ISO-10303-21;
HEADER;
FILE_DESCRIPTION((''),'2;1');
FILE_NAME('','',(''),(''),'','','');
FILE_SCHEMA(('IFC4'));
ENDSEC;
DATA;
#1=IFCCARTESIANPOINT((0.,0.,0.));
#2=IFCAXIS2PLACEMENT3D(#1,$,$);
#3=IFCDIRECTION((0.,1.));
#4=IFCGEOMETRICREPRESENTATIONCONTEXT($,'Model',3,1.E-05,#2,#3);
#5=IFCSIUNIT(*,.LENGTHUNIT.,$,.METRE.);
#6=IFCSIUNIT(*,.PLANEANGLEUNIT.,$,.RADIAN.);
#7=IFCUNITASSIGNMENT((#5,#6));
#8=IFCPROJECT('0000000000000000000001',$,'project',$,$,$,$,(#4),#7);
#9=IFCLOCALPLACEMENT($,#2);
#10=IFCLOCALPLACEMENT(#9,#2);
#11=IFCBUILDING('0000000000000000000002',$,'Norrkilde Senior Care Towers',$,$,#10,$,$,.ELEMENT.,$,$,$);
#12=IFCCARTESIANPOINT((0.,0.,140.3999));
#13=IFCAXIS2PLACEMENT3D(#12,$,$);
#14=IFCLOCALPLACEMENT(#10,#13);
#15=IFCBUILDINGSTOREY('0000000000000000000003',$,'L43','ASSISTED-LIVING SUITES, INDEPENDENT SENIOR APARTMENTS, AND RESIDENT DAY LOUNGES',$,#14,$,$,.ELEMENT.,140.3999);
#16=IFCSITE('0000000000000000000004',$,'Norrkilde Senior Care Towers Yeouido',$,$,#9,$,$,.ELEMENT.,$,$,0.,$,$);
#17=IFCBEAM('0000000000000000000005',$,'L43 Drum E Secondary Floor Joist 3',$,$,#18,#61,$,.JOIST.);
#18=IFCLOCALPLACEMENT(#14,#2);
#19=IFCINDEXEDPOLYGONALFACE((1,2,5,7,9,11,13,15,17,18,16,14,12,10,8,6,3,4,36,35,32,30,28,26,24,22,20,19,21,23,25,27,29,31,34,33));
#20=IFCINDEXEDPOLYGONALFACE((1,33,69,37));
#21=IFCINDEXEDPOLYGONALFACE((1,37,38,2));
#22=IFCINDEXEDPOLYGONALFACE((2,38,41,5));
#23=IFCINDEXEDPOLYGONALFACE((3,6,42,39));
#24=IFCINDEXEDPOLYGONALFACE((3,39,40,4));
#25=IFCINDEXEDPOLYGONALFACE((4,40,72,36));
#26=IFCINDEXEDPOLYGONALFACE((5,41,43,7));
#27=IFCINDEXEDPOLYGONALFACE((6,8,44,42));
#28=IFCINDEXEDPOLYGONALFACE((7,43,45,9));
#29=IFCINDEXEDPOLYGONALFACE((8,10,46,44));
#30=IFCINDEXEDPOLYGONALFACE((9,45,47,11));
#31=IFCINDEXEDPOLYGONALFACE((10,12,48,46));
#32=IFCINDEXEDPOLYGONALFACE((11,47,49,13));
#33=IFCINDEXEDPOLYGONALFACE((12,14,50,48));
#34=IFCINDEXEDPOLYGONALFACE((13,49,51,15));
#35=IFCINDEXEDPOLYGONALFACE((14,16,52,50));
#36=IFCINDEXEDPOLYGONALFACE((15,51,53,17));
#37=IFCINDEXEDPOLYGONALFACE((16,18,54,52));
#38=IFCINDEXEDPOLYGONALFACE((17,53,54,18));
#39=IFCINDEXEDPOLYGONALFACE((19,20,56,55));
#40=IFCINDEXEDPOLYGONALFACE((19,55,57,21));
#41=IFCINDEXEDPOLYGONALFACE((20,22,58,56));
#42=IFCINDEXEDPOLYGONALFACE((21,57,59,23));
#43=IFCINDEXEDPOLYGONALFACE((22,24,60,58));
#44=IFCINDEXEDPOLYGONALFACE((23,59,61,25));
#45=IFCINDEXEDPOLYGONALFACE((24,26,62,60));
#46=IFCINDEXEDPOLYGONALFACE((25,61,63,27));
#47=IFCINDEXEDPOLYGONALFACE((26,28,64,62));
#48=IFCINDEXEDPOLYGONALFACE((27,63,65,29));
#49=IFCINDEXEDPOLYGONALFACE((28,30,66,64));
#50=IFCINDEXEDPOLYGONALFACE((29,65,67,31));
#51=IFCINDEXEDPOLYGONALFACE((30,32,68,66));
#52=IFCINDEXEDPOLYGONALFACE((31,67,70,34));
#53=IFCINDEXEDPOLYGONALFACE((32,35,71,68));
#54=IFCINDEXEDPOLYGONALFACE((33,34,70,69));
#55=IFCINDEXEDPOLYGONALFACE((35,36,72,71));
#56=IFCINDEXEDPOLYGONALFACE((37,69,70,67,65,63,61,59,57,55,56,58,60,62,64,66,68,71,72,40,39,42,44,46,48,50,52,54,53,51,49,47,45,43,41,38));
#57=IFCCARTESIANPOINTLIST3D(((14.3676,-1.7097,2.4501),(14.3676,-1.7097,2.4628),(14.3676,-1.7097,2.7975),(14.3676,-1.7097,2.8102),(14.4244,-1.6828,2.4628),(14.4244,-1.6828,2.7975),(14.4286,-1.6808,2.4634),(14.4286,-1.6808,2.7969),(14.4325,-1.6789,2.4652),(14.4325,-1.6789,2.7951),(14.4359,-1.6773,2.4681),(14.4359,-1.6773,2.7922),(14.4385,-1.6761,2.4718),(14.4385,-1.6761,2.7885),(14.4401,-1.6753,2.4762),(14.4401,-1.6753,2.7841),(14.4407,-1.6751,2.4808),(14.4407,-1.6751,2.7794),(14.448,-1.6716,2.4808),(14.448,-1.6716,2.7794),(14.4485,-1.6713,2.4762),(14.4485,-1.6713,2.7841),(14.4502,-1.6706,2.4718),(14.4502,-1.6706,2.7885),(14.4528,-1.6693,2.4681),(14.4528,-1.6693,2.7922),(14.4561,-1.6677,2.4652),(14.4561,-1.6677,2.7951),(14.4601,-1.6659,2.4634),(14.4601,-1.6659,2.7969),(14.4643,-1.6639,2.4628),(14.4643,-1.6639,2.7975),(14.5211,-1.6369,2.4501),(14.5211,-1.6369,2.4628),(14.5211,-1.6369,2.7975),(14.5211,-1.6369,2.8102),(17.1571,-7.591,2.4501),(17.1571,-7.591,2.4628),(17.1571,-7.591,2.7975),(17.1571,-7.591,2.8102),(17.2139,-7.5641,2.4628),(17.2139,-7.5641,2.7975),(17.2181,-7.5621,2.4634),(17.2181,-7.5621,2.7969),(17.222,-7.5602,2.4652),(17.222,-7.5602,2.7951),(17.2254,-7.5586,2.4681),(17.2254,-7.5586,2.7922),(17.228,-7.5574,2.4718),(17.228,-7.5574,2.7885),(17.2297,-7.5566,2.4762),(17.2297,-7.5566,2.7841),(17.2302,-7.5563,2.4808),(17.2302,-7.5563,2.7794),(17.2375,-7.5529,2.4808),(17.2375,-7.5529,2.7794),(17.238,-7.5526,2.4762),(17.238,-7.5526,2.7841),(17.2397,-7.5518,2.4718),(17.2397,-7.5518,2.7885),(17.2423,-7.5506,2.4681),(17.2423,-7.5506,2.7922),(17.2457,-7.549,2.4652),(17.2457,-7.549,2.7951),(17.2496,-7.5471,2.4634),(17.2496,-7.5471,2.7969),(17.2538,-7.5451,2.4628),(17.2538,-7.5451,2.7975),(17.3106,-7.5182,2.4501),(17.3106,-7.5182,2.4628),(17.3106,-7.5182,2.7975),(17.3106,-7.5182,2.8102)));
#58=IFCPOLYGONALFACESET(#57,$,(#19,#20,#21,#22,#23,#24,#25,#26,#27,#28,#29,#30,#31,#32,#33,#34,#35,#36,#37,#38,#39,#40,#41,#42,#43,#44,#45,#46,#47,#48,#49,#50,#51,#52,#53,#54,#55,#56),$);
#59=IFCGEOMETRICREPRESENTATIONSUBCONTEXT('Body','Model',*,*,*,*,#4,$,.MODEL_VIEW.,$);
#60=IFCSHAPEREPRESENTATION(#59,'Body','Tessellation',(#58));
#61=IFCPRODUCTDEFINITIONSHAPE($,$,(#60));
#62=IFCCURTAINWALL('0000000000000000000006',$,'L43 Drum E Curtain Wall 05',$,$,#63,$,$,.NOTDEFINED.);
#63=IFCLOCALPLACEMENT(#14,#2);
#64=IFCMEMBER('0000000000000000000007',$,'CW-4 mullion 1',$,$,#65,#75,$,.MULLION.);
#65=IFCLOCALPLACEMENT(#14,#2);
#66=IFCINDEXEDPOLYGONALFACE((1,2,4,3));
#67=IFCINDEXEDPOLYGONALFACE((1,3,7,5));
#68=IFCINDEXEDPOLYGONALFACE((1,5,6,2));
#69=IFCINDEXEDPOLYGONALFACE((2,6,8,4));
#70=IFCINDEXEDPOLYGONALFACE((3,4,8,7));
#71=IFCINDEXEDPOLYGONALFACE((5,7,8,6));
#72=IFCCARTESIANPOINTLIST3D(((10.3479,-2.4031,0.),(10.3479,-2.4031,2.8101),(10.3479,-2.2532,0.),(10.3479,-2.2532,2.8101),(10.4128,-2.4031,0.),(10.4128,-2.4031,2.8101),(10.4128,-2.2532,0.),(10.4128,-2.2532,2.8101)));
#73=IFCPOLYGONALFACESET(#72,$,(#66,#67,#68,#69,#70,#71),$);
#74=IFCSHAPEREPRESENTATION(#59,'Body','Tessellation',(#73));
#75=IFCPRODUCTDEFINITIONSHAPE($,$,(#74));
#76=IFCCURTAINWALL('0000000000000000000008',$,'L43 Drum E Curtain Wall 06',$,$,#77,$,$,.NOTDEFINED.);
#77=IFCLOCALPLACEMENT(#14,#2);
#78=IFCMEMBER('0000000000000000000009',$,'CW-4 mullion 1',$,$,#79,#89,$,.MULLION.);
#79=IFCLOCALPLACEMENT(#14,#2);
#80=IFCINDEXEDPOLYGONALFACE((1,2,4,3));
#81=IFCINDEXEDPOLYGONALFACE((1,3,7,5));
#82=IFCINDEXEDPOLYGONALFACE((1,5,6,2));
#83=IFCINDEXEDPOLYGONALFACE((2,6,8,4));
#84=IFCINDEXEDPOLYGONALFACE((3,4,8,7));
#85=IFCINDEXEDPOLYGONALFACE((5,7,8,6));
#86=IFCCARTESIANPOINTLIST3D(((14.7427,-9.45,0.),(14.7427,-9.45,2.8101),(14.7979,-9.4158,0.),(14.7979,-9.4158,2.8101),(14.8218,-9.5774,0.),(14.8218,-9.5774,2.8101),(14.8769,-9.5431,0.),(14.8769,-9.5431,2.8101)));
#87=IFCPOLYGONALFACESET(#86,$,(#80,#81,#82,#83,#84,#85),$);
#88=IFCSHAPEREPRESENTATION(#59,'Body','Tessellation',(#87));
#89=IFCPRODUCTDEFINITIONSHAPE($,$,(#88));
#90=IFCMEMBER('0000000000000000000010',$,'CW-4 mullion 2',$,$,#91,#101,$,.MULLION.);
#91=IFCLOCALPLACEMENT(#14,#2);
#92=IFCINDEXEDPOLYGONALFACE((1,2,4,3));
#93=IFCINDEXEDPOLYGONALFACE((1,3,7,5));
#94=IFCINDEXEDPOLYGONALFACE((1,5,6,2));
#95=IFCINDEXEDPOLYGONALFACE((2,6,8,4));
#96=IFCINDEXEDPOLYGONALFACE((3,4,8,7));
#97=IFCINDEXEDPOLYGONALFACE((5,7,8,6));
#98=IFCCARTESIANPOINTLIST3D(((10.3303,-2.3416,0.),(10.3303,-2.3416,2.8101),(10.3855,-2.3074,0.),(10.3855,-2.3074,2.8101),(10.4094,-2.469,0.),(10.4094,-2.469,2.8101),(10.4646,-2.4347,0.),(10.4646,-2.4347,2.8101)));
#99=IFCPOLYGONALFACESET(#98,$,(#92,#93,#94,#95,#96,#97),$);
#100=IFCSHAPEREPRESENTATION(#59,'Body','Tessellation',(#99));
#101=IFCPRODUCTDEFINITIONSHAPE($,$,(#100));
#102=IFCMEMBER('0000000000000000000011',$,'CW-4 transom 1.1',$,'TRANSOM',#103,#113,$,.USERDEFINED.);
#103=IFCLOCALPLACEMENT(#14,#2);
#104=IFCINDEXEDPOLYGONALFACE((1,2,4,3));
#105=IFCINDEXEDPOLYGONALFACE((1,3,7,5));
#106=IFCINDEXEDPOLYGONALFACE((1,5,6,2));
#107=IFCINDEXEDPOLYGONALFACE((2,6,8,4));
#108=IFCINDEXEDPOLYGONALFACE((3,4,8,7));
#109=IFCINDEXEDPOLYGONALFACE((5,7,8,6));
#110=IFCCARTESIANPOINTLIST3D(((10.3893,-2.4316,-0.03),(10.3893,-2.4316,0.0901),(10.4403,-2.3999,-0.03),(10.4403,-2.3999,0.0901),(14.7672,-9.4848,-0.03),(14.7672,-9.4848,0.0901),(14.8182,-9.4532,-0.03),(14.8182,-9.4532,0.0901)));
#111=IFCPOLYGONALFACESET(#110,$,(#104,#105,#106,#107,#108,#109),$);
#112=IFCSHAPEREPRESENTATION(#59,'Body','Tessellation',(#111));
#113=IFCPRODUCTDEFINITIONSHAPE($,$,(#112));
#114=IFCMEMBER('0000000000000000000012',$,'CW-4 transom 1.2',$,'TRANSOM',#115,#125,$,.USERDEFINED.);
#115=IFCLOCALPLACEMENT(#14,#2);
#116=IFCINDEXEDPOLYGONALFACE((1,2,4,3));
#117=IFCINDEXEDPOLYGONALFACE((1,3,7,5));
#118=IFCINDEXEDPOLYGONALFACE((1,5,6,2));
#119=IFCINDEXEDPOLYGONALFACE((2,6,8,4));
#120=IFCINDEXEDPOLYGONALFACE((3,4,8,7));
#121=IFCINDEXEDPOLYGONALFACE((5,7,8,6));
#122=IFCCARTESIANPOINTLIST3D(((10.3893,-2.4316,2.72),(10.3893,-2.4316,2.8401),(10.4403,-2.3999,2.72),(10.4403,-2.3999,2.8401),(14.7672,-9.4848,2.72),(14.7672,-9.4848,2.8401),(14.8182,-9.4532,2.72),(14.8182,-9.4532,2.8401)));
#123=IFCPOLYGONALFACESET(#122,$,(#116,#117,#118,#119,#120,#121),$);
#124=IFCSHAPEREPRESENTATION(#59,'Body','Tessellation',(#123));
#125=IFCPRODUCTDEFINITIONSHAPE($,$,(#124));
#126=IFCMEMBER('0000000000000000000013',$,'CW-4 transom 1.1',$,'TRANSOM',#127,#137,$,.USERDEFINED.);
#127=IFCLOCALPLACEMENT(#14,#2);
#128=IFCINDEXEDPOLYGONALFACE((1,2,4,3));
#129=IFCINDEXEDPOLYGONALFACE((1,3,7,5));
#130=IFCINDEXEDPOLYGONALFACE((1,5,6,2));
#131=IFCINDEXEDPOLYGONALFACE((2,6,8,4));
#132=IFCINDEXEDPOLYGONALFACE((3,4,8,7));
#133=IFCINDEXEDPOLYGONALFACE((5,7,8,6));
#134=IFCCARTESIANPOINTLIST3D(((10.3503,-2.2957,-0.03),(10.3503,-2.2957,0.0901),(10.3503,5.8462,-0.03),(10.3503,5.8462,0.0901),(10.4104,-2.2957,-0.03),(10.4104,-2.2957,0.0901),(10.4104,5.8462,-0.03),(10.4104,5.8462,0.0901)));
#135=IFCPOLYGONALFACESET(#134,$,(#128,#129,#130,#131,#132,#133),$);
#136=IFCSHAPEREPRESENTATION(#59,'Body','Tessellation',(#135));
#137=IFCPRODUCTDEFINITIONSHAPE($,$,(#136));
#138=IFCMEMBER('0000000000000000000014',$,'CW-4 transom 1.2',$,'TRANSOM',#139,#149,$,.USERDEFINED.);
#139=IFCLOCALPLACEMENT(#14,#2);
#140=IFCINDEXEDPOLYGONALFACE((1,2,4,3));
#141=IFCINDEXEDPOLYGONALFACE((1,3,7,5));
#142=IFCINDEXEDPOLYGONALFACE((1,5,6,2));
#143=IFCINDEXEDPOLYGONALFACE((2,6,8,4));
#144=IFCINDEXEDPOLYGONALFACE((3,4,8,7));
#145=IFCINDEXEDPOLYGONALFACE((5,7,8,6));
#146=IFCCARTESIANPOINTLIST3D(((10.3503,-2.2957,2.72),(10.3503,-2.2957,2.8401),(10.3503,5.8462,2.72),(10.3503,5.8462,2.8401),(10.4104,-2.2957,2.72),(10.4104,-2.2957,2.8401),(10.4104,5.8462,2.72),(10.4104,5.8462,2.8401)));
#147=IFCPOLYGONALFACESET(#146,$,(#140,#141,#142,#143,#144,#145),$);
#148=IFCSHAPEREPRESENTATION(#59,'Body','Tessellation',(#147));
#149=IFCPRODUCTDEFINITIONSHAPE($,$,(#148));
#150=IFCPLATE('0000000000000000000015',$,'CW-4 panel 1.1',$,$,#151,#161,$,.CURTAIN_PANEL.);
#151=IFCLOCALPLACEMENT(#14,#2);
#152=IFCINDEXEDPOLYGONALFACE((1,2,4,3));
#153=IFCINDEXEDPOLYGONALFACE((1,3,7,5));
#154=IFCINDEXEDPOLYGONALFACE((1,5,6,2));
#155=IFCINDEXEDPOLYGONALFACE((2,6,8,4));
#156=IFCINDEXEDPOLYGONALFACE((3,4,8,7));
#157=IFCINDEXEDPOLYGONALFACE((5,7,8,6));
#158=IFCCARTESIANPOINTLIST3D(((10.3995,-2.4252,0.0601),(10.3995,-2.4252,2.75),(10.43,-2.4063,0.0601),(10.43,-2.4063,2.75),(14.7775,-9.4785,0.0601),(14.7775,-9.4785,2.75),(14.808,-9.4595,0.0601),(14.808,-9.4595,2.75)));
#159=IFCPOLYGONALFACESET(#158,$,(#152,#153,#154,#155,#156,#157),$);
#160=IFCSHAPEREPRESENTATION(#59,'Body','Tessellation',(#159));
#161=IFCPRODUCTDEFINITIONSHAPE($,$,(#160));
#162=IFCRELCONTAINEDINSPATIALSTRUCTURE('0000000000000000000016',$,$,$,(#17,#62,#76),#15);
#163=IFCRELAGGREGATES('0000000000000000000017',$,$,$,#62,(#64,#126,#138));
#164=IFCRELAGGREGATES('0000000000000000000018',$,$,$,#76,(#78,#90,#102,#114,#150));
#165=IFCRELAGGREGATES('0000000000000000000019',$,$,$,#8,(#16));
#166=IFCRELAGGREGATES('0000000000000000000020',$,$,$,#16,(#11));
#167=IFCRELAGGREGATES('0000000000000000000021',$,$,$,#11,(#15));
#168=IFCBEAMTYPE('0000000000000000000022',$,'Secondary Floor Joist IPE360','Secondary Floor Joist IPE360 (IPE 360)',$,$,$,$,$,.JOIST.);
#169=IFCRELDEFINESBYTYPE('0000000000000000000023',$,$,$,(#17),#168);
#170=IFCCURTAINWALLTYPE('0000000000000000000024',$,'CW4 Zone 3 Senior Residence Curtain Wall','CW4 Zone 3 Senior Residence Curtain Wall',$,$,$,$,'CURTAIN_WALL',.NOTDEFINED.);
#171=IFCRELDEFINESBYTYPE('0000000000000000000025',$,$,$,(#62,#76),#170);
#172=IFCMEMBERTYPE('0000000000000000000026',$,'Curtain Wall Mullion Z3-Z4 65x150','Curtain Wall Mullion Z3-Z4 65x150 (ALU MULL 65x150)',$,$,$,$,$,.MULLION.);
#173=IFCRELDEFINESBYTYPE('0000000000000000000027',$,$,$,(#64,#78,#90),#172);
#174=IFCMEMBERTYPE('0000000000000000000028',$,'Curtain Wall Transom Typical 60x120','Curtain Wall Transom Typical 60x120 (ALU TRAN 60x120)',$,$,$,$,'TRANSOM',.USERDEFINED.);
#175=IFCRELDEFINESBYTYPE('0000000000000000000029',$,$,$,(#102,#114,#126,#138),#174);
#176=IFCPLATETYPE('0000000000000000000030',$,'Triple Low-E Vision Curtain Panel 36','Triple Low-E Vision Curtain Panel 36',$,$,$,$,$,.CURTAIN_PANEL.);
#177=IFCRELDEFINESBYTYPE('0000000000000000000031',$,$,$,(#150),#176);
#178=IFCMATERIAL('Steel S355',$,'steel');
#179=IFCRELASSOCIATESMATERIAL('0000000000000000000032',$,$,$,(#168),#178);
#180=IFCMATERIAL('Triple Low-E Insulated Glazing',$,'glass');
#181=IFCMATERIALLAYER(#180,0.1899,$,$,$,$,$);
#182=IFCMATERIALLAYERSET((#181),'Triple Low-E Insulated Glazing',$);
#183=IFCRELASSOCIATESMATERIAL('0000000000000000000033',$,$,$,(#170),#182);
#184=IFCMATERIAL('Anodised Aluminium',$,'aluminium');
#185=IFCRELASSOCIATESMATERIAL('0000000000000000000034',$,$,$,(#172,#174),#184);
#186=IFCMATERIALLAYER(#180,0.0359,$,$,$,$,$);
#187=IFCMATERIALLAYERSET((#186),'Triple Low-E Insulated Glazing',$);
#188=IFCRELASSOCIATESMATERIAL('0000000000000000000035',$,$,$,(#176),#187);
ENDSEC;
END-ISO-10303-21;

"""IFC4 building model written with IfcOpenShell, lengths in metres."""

from ifc_helpers import new_model, si_unit, direction, frame, origin, origin_2d, place, context, subcontext, project, spatial, rectangle, i_section, extrude, source, transform, mapped, material, layer, layer_set, material_profile, profile_set, type_object, type_shapes, element, aggregate, save


model = new_model("IFC4")

# Units and contexts
model_context = context("Model", 3, precision=1e-05, world=origin(), true_north=direction((0.0, 1.0)))
body_context = subcontext(model_context, "Body", "Model", "MODEL_VIEW")
ifc_project = project(units=[si_unit("LENGTHUNIT", "METRE"), si_unit("PLANEANGLEUNIT", "RADIAN")], contexts=[model_context])

# Site, building, storey
site_placement = place(None, origin())
site = spatial("IfcSite", under=ifc_project, at=site_placement, Name="Norrkilde Senior Care Towers Yeouido", CompositionType="ELEMENT", RefElevation=0.0)
building_placement = place(site_placement, origin())
building = spatial("IfcBuilding", under=site, at=building_placement, Name="Norrkilde Senior Care Towers", CompositionType="ELEMENT")
storey_placement = place(building_placement, frame((0.0, 0.0, 140.3999)))
storey = spatial("IfcBuildingStorey", under=building, at=storey_placement, Name="L43", Description="ASSISTED-LIVING SUITES, INDEPENDENT SENIOR APARTMENTS, AND RESIDENT DAY LOUNGES", CompositionType="ELEMENT", Elevation=140.3999)

# Beam
ifc_material_1 = material(Name="Steel S355", Category="steel")
ifc_material_profile_1 = material_profile(ifc_material_1, i_section(OverallWidth=0.1699, OverallDepth=0.3601, WebThickness=0.0081, FlangeThickness=0.0127, FilletRadius=0.0181, at=origin_2d()), Name="IPE 360")
ifc_profile_set_1 = profile_set([ifc_material_profile_1], Name="Steel S355")
beam_type_1 = type_object("IfcBeamType", Name="Secondary Floor Joist IPE360", Description="Secondary Floor Joist IPE360 (IPE 360)", PredefinedType="JOIST", material=ifc_profile_set_1)
shared_shape_1 = source(origin(), body_context, "Body", "SweptSolid", [
    extrude(i_section(OverallWidth=0.1699, OverallDepth=0.3601, WebThickness=0.0081, FlangeThickness=0.0127, FilletRadius=0.0181, at=origin_2d()), origin(), (0.0, 0.0, 1.0), 6.5093),
])
type_shapes(beam_type_1, [shared_shape_1])
beam_1_placement = place(storey_placement, frame((14.4443, -1.6733, 2.6301), z_axis=(0.428544, -0.903521, 0.0), x_axis=(0.903521, 0.428544, 0.0)))
element("IfcBeam", 1, at=beam_1_placement, inside=storey, type_object=beam_type_1, Name="L43 Drum E Secondary Floor Joist 3", PredefinedType="JOIST", context=body_context, shape_type="MappedRepresentation", body=[
    mapped(shared_shape_1, transform((0.0, 0.0, 0.0), x_axis=(1.0, 0.0, 0.0), y_axis=(0.0, 1.0, 0.0), z_axis=(0.0, 0.0, 1.0), scale=1.0)),
])

# Curtain wall, member
ifc_material_2 = material(Name="Triple Low-E Insulated Glazing", Category="glass")
ifc_layer_1 = layer(ifc_material_2, 0.1899)
ifc_layer_set_1 = layer_set([ifc_layer_1], Name="Triple Low-E Insulated Glazing")
curtain_wall_type = type_object("IfcCurtainWallType", Name="CW4 Zone 3 Senior Residence Curtain Wall", Description="CW4 Zone 3 Senior Residence Curtain Wall", ElementType="CURTAIN_WALL", PredefinedType="NOTDEFINED", material=ifc_layer_set_1)
curtain_wall_1_placement = place(storey_placement, origin())
curtain_wall_1 = element("IfcCurtainWall", 2, at=curtain_wall_1_placement, inside=storey, type_object=curtain_wall_type, Name="L43 Drum E Curtain Wall 05", PredefinedType="NOTDEFINED")
ifc_material_3 = material(Name="Anodised Aluminium", Category="aluminium")
ifc_material_profile_2 = material_profile(ifc_material_3, rectangle(XDim=0.0649, YDim=0.1499, at=origin_2d()), Name="ALU MULL 65x150")
ifc_profile_set_2 = profile_set([ifc_material_profile_2], Name="Anodised Aluminium")
member_type_1 = type_object("IfcMemberType", Name="Curtain Wall Mullion Z3-Z4 65x150", Description="Curtain Wall Mullion Z3-Z4 65x150 (ALU MULL 65x150)", PredefinedType="MULLION", material=ifc_profile_set_2)
shared_shape_2 = source(origin(), body_context, "Body", "SweptSolid", [
    extrude(rectangle(XDim=0.0649, YDim=0.1499, at=origin_2d()), origin(), (0.0, 0.0, 1.0), 2.8101),
])
type_shapes(member_type_1, [shared_shape_2])
member_1_placement = place(storey_placement, frame((10.3804, -2.3281, 0.0), z_axis=(0.0, 0.0, 1.0), x_axis=(-1.0, 0.0, 0.0)))
member_1 = element("IfcMember", 3, at=member_1_placement, type_object=member_type_1, Name="CW-4 mullion 1", PredefinedType="MULLION", context=body_context, shape_type="MappedRepresentation", body=[
    mapped(shared_shape_2, transform((0.0, 0.0, 0.0), x_axis=(1.0, 0.0, 0.0), y_axis=(0.0, 1.0, 0.0), z_axis=(0.0, 0.0, 1.0), scale=1.0)),
])

# Curtain wall, members
curtain_wall_2_placement = place(storey_placement, origin())
curtain_wall_2 = element("IfcCurtainWall", 4, at=curtain_wall_2_placement, inside=storey, type_object=curtain_wall_type, Name="L43 Drum E Curtain Wall 06", PredefinedType="NOTDEFINED")
member_2_placement = place(storey_placement, frame((14.8098, -9.4966, 0.0), z_axis=(0.0, 0.0, 1.0), x_axis=(-0.849634, -0.527373, 0.0)))
member_2 = element("IfcMember", 5, at=member_2_placement, type_object=member_type_1, Name="CW-4 mullion 1", PredefinedType="MULLION", context=body_context, shape_type="MappedRepresentation", body=[
    mapped(shared_shape_2, transform((0.0, 0.0, 0.0), x_axis=(1.0, 0.0, 0.0), y_axis=(0.0, 1.0, 0.0), z_axis=(0.0, 0.0, 1.0), scale=1.0)),
])
member_3_placement = place(storey_placement, frame((10.3975, -2.3882, 0.0), z_axis=(0.0, 0.0, 1.0), x_axis=(-0.849634, -0.527373, 0.0)))
member_3 = element("IfcMember", 6, at=member_3_placement, type_object=member_type_1, Name="CW-4 mullion 2", PredefinedType="MULLION", context=body_context, shape_type="MappedRepresentation", body=[
    mapped(shared_shape_2, transform((0.0, 0.0, 0.0), x_axis=(1.0, 0.0, 0.0), y_axis=(0.0, 1.0, 0.0), z_axis=(0.0, 0.0, 1.0), scale=1.0)),
])
ifc_material_profile_3 = material_profile(ifc_material_3, rectangle(XDim=0.0601, YDim=0.1201, at=origin_2d()), Name="ALU TRAN 60x120")
ifc_profile_set_3 = profile_set([ifc_material_profile_3], Name="Anodised Aluminium")
member_type_2 = type_object("IfcMemberType", Name="Curtain Wall Transom Typical 60x120", Description="Curtain Wall Transom Typical 60x120 (ALU TRAN 60x120)", ElementType="TRANSOM", PredefinedType="USERDEFINED", material=ifc_profile_set_3)
shared_shape_3 = source(origin(), body_context, "Body", "SweptSolid", [
    extrude(rectangle(XDim=0.0601, YDim=0.1201, at=origin_2d()), origin(), (0.0, 0.0, 1.0), 8.3015),
])
member_4_placement = place(storey_placement, frame((14.7927, -9.469, 0.03), z_axis=(-0.527369, 0.849637, 0.0), x_axis=(-0.849637, -0.527369, 0.0)))
member_4 = element("IfcMember", 7, at=member_4_placement, type_object=member_type_2, Name="CW-4 transom 1.1", ObjectType="TRANSOM", PredefinedType="USERDEFINED", context=body_context, shape_type="MappedRepresentation", body=[
    mapped(shared_shape_3, transform((0.0, 0.0, 0.0), x_axis=(1.0, 0.0, 0.0), y_axis=(0.0, 1.0, 0.0), z_axis=(0.0, 0.0, 1.0), scale=1.0)),
])
member_5_placement = place(storey_placement, frame((14.7927, -9.469, 2.78), z_axis=(-0.527369, 0.849637, 0.0), x_axis=(-0.849637, -0.527369, 0.0)))
member_5 = element("IfcMember", 8, at=member_5_placement, type_object=member_type_2, Name="CW-4 transom 1.2", ObjectType="TRANSOM", PredefinedType="USERDEFINED", context=body_context, shape_type="MappedRepresentation", body=[
    mapped(shared_shape_3, transform((0.0, 0.0, 0.0), x_axis=(1.0, 0.0, 0.0), y_axis=(0.0, 1.0, 0.0), z_axis=(0.0, 0.0, 1.0), scale=1.0)),
])

# Members
shared_shape_4 = source(origin(), body_context, "Body", "SweptSolid", [
    extrude(rectangle(XDim=0.0601, YDim=0.1201, at=origin_2d()), origin(), (0.0, 0.0, 1.0), 8.1418),
])
type_shapes(member_type_2, [shared_shape_3, shared_shape_4])
member_6_placement = place(storey_placement, frame((10.3804, -2.2957, 0.03), z_axis=(0.0, 1.0, 0.0), x_axis=(-1.0, 0.0, 0.0)))
member_6 = element("IfcMember", 9, at=member_6_placement, type_object=member_type_2, Name="CW-4 transom 1.1", ObjectType="TRANSOM", PredefinedType="USERDEFINED", context=body_context, shape_type="MappedRepresentation", body=[
    mapped(shared_shape_4, transform((0.0, 0.0, 0.0), x_axis=(1.0, 0.0, 0.0), y_axis=(0.0, 1.0, 0.0), z_axis=(0.0, 0.0, 1.0), scale=1.0)),
])
member_7_placement = place(storey_placement, frame((10.3804, -2.2957, 2.78), z_axis=(0.0, 1.0, 0.0), x_axis=(-1.0, 0.0, 0.0)))
member_7 = element("IfcMember", 10, at=member_7_placement, type_object=member_type_2, Name="CW-4 transom 1.2", ObjectType="TRANSOM", PredefinedType="USERDEFINED", context=body_context, shape_type="MappedRepresentation", body=[
    mapped(shared_shape_4, transform((0.0, 0.0, 0.0), x_axis=(1.0, 0.0, 0.0), y_axis=(0.0, 1.0, 0.0), z_axis=(0.0, 0.0, 1.0), scale=1.0)),
])
aggregate(curtain_wall_1, [member_1, member_6, member_7])

# Plate
ifc_layer_2 = layer(ifc_material_2, 0.0359)
ifc_layer_set_2 = layer_set([ifc_layer_2], Name="Triple Low-E Insulated Glazing")
plate_type = type_object("IfcPlateType", Name="Triple Low-E Vision Curtain Panel 36", Description="Triple Low-E Vision Curtain Panel 36", PredefinedType="CURTAIN_PANEL", material=ifc_layer_set_2)
shared_shape_5 = source(origin(), body_context, "Body", "SweptSolid", [
    extrude(rectangle(XDim=8.3015, YDim=0.0359, at=origin_2d()), origin(), (0.0, 0.0, 1.0), 2.6899),
])
type_shapes(plate_type, [shared_shape_5])
plate_placement = place(storey_placement, frame((12.6038, -5.9424, 0.0601), z_axis=(0.0, 0.0, 1.0), x_axis=(-0.527373, 0.849634, 0.0)))
plate = element("IfcPlate", 11, at=plate_placement, type_object=plate_type, Name="CW-4 panel 1.1", PredefinedType="CURTAIN_PANEL", context=body_context, shape_type="MappedRepresentation", body=[
    mapped(shared_shape_5, transform((0.0, 0.0, 0.0), x_axis=(1.0, 0.0, 0.0), y_axis=(0.0, 1.0, 0.0), z_axis=(0.0, 0.0, 1.0), scale=1.0)),
])
aggregate(curtain_wall_2, [member_2, member_3, member_4, member_5, plate])

save(model, "model.ifc")
